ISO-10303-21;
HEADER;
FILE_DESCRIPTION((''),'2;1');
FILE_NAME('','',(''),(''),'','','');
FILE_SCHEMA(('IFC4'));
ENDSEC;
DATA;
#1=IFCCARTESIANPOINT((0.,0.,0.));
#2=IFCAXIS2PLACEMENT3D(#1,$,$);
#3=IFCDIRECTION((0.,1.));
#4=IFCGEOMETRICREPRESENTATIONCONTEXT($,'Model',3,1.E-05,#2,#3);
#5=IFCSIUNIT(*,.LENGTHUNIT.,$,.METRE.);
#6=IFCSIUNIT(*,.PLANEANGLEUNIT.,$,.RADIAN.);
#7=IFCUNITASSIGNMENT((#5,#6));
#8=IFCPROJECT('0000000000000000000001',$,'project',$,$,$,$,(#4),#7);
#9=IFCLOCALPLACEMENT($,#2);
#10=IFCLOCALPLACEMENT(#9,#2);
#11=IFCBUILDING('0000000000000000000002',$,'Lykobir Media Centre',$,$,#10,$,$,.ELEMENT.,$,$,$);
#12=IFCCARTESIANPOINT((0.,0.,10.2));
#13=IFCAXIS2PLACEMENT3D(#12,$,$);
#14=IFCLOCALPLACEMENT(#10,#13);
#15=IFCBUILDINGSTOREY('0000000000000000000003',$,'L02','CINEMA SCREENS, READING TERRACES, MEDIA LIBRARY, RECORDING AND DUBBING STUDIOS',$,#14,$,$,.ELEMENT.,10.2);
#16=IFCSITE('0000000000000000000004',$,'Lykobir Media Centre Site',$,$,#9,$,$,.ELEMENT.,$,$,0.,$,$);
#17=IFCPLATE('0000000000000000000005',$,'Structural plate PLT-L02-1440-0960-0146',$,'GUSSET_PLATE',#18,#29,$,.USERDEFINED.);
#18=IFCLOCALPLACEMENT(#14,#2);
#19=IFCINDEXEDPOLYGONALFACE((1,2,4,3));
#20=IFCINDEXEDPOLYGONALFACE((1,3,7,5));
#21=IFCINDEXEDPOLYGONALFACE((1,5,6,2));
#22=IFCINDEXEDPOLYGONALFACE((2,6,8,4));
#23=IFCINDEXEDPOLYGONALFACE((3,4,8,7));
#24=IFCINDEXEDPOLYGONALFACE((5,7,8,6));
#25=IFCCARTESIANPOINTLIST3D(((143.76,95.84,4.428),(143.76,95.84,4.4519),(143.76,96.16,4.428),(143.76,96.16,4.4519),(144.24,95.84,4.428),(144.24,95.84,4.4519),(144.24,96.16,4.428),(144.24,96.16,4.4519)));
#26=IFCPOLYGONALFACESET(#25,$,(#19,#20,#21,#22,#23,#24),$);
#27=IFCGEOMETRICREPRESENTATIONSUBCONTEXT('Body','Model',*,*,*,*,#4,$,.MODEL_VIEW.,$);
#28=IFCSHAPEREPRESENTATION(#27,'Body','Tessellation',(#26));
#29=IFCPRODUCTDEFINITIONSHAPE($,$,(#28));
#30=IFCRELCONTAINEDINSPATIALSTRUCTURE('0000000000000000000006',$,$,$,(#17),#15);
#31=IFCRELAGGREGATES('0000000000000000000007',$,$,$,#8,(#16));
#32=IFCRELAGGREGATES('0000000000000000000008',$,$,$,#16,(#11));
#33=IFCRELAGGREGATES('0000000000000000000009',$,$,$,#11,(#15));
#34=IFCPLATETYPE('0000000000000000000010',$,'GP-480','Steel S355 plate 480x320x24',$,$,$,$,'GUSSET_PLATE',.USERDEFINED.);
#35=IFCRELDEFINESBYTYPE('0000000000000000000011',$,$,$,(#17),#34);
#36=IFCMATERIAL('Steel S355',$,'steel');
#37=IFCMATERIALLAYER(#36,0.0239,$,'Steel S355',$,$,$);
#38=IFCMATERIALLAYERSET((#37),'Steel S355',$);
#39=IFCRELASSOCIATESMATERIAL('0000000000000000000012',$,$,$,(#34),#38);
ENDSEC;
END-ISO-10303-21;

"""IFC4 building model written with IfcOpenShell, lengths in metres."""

from ifc_helpers import new_model, si_unit, direction, frame, origin, origin_2d, place, context, subcontext, project, spatial, rectangle, extrude, material, layer, layer_set, type_object, element, save


model = new_model("IFC4")

# Units and contexts
model_context = context("Model", 3, precision=1e-05, world=origin(), true_north=direction((0.0, 1.0)))
body_context = subcontext(model_context, "Body", "Model", "MODEL_VIEW")
ifc_project = project(units=[si_unit("LENGTHUNIT", "METRE"), si_unit("PLANEANGLEUNIT", "RADIAN")], contexts=[model_context])

# Site, building, storey
site_placement = place(None, origin())
site = spatial("IfcSite", under=ifc_project, at=site_placement, Name="Lykobir Media Centre Site", CompositionType="ELEMENT", RefElevation=0.0)
building_placement = place(site_placement, origin())
building = spatial("IfcBuilding", under=site, at=building_placement, Name="Lykobir Media Centre", CompositionType="ELEMENT")
storey_placement = place(building_placement, frame((0.0, 0.0, 10.2)))
storey = spatial("IfcBuildingStorey", under=building, at=storey_placement, Name="L02", Description="CINEMA SCREENS, READING TERRACES, MEDIA LIBRARY, RECORDING AND DUBBING STUDIOS", CompositionType="ELEMENT", Elevation=10.2)

# Shared definitions
ifc_material = material(Name="Steel S355", Category="steel")

# Plate
ifc_layer = layer(ifc_material, 0.0239, Name="Steel S355")
ifc_layer_set = layer_set([ifc_layer], Name="Steel S355")
plate_type = type_object("IfcPlateType", Name="GP-480", Description="Steel S355 plate 480x320x24", ElementType="GUSSET_PLATE", PredefinedType="USERDEFINED", material=ifc_layer_set)
for number, where, z_axis, x_axis, name in (
    (1, (144.0, 96.0, 4.428), (0.0, 0.0, 1.0), (1.0, 0.0, 0.0), "Structural plate PLT-L02-1440-0960-0146"),
):
    element("IfcPlate", number, at=place(storey_placement, frame(where, z_axis=z_axis, x_axis=x_axis)), inside=storey, type_object=plate_type, Name=name, ObjectType="GUSSET_PLATE", PredefinedType="USERDEFINED", context=body_context, shape_type="SweptSolid", body=[
        extrude(rectangle(XDim=0.48, YDim=0.3201, at=origin_2d()), origin(), (0.0, 0.0, 1.0), 0.0239),
    ])

save(model, "model.ifc")
